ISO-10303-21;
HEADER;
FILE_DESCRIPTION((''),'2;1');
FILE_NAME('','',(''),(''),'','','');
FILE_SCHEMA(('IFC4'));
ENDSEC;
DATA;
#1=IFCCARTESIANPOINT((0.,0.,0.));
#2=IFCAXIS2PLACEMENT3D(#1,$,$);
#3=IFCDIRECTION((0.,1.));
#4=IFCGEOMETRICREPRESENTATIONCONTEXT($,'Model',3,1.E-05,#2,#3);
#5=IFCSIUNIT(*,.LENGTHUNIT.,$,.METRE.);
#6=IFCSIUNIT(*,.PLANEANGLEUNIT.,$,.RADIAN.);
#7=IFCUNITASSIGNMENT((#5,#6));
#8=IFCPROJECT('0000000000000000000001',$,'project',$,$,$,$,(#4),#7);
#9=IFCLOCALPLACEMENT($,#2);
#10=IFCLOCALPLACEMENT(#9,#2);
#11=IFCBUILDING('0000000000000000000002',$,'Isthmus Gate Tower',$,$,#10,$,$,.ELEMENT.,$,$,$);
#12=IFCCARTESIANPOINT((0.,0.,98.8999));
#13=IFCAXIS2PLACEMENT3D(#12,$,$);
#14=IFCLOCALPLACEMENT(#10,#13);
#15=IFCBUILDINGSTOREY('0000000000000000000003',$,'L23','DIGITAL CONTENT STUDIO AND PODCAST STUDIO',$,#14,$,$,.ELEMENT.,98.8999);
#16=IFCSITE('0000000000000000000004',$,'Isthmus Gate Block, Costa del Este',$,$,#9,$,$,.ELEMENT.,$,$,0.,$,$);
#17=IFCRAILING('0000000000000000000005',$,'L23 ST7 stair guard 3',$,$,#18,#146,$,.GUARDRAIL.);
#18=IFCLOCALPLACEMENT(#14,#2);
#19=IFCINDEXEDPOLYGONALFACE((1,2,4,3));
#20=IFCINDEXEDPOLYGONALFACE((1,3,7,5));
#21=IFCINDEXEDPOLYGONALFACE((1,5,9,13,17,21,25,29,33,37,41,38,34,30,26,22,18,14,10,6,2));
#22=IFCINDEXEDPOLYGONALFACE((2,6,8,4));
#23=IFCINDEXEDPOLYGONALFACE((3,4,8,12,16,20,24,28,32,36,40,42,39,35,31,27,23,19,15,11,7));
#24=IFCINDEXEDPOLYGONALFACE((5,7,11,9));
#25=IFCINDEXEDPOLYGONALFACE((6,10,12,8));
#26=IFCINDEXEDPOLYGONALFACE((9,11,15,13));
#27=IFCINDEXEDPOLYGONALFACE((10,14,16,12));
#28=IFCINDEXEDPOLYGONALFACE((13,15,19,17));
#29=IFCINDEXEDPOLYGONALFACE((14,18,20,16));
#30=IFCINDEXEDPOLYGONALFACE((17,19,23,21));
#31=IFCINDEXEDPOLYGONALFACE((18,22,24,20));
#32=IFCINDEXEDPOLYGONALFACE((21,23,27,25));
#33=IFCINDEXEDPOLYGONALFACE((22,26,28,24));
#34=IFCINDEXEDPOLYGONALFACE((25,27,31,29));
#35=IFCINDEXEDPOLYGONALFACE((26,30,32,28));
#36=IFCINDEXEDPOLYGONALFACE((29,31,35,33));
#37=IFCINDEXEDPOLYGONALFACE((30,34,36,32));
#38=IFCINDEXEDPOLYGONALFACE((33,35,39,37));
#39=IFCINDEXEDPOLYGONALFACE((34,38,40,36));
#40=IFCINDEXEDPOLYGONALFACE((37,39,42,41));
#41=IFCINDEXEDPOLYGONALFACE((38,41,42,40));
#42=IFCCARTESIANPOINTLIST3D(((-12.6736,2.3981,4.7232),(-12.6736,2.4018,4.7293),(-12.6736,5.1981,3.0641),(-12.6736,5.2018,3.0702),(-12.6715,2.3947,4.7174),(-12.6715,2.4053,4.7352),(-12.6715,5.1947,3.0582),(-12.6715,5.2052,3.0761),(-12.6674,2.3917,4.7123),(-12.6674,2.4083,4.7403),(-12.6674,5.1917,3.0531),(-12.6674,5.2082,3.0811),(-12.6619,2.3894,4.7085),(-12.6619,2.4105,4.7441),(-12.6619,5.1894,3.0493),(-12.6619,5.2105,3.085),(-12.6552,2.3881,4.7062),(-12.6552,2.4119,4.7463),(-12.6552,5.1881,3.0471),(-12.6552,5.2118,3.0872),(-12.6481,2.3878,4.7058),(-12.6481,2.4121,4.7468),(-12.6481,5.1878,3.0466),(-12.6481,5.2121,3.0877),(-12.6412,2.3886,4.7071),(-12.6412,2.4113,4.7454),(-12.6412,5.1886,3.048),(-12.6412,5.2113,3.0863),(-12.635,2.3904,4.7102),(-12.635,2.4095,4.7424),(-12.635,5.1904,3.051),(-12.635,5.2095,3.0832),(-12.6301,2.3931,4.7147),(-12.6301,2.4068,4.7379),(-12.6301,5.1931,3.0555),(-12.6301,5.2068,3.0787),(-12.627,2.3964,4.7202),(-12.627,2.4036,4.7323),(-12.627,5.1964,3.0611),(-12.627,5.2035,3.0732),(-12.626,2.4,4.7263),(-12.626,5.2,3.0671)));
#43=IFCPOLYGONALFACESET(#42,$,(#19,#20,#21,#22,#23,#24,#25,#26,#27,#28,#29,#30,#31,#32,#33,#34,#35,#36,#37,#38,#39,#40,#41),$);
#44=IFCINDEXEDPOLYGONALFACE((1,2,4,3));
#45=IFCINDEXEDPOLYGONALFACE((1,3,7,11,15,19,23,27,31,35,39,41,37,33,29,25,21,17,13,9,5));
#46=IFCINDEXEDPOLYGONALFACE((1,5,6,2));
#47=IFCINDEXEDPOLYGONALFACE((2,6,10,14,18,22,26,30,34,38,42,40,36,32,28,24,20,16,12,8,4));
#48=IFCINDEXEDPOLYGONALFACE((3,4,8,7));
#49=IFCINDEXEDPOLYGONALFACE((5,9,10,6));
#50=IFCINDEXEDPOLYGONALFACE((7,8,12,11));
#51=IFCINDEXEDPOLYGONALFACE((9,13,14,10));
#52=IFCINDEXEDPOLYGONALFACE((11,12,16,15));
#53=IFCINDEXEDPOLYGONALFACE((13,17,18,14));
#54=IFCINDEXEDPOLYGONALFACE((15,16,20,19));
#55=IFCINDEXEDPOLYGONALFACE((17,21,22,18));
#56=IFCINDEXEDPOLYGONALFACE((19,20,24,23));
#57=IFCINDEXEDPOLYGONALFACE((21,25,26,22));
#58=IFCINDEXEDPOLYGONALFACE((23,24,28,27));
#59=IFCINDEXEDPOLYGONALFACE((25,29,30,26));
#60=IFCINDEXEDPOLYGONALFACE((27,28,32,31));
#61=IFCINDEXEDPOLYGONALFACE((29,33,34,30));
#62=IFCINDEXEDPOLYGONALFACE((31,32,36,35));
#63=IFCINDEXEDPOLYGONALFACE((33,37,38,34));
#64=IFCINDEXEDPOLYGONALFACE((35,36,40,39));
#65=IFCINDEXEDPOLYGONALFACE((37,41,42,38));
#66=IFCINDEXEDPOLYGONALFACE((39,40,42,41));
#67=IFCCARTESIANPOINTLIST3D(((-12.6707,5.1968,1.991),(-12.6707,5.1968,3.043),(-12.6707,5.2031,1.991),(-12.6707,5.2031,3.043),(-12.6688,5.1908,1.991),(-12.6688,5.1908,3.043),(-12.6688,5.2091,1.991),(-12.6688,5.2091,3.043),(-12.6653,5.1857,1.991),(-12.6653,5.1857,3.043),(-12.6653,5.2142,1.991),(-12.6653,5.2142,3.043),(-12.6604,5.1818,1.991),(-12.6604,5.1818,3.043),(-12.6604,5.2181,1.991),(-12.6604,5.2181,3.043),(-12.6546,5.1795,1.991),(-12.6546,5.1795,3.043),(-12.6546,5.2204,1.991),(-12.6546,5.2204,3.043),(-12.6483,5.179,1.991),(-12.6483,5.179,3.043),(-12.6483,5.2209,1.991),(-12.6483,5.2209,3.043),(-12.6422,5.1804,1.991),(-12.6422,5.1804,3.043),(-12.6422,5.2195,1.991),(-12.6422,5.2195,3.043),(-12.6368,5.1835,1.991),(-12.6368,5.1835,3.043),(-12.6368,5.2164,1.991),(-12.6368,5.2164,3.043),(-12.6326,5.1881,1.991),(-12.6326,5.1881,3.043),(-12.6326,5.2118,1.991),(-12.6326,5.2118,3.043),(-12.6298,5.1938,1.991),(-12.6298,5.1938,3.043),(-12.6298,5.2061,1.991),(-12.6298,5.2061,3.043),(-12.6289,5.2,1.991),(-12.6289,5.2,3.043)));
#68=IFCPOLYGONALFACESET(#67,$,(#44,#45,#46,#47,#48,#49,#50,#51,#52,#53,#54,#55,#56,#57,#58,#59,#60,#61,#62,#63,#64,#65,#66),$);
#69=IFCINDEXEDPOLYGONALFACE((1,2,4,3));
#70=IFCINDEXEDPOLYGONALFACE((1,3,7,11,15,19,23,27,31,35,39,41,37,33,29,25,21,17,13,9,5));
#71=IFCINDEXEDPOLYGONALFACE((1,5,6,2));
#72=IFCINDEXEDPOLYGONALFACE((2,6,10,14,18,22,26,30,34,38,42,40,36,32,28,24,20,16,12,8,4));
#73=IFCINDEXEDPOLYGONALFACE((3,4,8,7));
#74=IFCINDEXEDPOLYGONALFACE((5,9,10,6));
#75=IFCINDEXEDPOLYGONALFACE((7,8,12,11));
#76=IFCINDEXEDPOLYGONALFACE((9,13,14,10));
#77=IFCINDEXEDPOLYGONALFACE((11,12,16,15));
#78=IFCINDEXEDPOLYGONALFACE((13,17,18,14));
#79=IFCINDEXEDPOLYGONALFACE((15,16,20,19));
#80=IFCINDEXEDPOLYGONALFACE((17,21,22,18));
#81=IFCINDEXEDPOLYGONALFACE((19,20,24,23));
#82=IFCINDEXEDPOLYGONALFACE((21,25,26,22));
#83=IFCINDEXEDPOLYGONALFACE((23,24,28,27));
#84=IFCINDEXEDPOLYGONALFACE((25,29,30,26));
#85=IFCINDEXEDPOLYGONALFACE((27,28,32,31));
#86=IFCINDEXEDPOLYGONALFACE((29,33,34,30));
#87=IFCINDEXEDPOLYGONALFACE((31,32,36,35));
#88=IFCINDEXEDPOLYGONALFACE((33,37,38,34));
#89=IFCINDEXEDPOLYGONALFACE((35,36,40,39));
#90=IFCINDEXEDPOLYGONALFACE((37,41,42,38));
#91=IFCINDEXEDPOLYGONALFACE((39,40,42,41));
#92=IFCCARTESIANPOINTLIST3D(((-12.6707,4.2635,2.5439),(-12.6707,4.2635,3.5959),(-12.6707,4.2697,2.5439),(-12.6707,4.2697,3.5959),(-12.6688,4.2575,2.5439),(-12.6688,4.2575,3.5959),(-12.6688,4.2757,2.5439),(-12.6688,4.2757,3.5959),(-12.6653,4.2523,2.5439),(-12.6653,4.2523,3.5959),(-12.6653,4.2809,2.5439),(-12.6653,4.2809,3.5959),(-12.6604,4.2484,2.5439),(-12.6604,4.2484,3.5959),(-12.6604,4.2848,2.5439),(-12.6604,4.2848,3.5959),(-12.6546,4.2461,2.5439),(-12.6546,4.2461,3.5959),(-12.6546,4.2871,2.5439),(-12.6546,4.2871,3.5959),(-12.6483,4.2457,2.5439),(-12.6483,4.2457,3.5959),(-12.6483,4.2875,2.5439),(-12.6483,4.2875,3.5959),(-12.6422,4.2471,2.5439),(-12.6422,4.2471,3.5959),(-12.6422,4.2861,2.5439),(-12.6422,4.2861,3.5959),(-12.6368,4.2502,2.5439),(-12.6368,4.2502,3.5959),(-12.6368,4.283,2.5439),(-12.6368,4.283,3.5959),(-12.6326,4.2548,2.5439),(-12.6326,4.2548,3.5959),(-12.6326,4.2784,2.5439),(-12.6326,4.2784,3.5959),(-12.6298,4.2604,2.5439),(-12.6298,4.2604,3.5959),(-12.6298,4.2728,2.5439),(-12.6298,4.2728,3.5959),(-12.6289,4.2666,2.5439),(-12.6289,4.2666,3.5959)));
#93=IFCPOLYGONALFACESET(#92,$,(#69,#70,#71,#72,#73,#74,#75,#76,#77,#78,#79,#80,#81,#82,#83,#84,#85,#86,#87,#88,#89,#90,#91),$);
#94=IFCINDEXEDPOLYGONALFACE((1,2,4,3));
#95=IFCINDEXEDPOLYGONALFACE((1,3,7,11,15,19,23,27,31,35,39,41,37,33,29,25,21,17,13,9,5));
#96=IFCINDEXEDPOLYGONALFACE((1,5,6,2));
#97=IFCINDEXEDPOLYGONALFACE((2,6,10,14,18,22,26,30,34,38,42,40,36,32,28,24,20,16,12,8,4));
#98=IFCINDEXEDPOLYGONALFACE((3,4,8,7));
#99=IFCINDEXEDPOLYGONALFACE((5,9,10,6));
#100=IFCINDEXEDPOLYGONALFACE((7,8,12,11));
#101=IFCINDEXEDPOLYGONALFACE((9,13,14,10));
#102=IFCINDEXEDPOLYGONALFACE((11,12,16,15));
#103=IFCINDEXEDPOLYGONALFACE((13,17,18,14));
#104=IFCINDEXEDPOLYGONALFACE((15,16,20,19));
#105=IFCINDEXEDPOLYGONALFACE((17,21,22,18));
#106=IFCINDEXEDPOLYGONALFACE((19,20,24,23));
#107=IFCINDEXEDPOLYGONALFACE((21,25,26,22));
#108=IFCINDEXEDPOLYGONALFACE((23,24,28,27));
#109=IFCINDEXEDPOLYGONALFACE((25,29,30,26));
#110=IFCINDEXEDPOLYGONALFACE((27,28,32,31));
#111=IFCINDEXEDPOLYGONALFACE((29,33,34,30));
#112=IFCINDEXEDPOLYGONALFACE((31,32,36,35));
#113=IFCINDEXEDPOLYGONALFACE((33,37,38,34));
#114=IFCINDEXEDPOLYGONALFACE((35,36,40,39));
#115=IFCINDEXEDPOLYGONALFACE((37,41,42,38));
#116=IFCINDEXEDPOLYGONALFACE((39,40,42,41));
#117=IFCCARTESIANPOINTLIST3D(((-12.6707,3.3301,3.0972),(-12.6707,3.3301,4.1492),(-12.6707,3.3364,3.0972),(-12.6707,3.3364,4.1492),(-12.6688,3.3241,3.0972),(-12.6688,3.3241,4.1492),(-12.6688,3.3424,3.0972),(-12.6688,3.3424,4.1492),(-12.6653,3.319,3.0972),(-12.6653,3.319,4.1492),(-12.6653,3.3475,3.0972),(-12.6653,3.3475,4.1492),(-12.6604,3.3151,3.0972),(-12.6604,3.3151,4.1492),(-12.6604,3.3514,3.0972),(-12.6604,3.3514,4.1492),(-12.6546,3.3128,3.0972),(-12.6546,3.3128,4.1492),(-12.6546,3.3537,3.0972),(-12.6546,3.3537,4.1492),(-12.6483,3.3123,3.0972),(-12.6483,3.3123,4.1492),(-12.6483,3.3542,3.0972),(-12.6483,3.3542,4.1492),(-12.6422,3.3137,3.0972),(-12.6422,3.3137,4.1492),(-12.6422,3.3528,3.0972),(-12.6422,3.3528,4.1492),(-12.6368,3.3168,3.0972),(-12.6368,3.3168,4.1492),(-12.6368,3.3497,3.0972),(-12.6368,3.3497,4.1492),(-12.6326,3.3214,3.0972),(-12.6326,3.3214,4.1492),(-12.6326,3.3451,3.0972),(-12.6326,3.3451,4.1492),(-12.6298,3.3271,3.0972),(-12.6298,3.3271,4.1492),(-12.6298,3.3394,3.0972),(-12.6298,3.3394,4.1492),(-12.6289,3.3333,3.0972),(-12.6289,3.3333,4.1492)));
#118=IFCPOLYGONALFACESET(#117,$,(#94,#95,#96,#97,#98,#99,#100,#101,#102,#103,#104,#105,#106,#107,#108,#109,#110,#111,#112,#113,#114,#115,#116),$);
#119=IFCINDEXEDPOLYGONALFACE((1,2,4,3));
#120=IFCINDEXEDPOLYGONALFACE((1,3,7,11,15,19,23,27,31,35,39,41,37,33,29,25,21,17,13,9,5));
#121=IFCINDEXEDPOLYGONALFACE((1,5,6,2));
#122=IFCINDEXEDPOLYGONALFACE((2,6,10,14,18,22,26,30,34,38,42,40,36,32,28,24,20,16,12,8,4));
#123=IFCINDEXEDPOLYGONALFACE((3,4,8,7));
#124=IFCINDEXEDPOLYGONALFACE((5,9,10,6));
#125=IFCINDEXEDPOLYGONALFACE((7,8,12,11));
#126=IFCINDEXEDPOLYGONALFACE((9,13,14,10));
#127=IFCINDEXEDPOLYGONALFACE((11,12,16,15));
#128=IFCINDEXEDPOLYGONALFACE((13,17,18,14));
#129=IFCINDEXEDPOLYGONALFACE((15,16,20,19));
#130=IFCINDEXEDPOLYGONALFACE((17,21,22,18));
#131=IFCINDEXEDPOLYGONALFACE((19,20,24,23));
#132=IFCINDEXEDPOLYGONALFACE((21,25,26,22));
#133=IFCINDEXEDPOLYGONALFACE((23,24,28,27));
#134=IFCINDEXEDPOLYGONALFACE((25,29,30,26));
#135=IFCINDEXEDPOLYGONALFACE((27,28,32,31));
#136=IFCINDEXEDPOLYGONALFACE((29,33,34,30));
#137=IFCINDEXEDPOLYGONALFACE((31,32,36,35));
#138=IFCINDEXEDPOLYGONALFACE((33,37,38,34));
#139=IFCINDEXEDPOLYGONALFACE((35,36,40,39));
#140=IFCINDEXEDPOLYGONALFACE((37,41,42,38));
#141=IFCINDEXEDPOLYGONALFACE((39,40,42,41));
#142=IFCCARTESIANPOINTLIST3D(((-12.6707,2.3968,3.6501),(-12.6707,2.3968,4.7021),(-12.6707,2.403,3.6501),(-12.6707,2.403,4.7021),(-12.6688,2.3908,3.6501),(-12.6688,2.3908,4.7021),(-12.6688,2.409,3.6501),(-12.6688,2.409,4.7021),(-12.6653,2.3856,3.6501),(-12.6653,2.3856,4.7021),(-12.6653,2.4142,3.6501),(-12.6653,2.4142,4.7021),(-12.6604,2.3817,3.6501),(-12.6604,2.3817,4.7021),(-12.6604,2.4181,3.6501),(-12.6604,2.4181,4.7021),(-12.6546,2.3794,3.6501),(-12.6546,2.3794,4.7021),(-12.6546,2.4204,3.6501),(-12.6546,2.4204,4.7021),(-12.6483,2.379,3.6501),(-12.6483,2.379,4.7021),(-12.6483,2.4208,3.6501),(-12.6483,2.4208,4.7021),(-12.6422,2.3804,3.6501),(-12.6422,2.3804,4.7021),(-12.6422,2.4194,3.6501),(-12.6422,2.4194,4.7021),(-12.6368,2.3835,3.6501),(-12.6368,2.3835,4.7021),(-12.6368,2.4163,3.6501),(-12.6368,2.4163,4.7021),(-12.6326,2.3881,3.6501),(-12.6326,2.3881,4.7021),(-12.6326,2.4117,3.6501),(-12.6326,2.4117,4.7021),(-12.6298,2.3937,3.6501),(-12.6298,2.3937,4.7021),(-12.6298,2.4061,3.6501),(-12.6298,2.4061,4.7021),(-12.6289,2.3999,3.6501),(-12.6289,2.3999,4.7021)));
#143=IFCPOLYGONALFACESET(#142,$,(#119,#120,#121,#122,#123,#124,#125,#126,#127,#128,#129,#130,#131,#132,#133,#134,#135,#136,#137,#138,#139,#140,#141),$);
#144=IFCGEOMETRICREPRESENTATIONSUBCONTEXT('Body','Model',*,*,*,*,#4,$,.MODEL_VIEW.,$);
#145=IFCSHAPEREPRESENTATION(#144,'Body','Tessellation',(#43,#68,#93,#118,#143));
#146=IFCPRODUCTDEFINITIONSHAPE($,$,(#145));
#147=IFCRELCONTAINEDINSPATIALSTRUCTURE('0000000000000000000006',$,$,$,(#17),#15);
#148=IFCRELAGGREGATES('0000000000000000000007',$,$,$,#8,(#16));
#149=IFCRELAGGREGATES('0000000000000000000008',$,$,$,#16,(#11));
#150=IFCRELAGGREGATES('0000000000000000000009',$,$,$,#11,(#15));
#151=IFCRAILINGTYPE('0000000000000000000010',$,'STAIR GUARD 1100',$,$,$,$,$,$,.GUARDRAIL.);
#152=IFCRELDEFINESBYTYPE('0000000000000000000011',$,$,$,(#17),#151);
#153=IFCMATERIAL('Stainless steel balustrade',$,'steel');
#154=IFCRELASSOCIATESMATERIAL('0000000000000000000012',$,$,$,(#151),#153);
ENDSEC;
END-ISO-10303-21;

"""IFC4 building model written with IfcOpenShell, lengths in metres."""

from ifc_helpers import new_model, si_unit, direction, frame, origin, origin_2d, place, context, subcontext, project, spatial, circle, extrude, material, type_object, element, save


model = new_model("IFC4")

# Units and contexts
model_context = context("Model", 3, precision=1e-05, world=origin(), true_north=direction((0.0, 1.0)))
body_context = subcontext(model_context, "Body", "Model", "MODEL_VIEW")
ifc_project = project(units=[si_unit("LENGTHUNIT", "METRE"), si_unit("PLANEANGLEUNIT", "RADIAN")], contexts=[model_context])

# Site, building, storey
site_placement = place(None, origin())
site = spatial("IfcSite", under=ifc_project, at=site_placement, Name="Isthmus Gate Block, Costa del Este", CompositionType="ELEMENT", RefElevation=0.0)
building_placement = place(site_placement, origin())
building = spatial("IfcBuilding", under=site, at=building_placement, Name="Isthmus Gate Tower", CompositionType="ELEMENT")
storey_placement = place(building_placement, frame((0.0, 0.0, 98.8999)))
storey = spatial("IfcBuildingStorey", under=building, at=storey_placement, Name="L23", Description="DIGITAL CONTENT STUDIO AND PODCAST STUDIO", CompositionType="ELEMENT", Elevation=98.8999)

# Railing
ifc_material_1 = material(Name="Stainless steel balustrade", Category="steel")
railing_type_1 = type_object("IfcRailingType", Name="STAIR GUARD 1100", PredefinedType="GUARDRAIL", material=ifc_material_1)
for number, where, name in (
    (1, (-12.6499, 5.2, 1.991), "L23 ST7 stair guard 3"),
):
    element("IfcRailing", number, at=place(storey_placement, frame(where)), inside=storey, type_object=railing_type_1, Name=name, PredefinedType="GUARDRAIL", context=body_context, shape_type="SweptSolid", body=[
        extrude(circle(Radius=0.0239, at=origin_2d()), frame((0.0, 0.0, 1.0762), z_axis=(0.0, -0.860306, 0.509778), x_axis=(1.0, 0.0, 0.0)), (0.0, 0.0, 1.0), 3.2546),
        extrude(circle(Radius=0.021, at=origin_2d()), origin(), (0.0, 0.0, 1.0), 1.052),
        extrude(circle(Radius=0.021, at=origin_2d()), frame((0.0, -0.9333, 0.553)), (0.0, 0.0, 1.0), 1.052),
        extrude(circle(Radius=0.021, at=origin_2d()), frame((0.0, -1.8667, 1.1062)), (0.0, 0.0, 1.0), 1.052),
        extrude(circle(Radius=0.021, at=origin_2d()), frame((0.0, -2.8, 1.6592)), (0.0, 0.0, 1.0), 1.052),
    ])

save(model, "model.ifc")
